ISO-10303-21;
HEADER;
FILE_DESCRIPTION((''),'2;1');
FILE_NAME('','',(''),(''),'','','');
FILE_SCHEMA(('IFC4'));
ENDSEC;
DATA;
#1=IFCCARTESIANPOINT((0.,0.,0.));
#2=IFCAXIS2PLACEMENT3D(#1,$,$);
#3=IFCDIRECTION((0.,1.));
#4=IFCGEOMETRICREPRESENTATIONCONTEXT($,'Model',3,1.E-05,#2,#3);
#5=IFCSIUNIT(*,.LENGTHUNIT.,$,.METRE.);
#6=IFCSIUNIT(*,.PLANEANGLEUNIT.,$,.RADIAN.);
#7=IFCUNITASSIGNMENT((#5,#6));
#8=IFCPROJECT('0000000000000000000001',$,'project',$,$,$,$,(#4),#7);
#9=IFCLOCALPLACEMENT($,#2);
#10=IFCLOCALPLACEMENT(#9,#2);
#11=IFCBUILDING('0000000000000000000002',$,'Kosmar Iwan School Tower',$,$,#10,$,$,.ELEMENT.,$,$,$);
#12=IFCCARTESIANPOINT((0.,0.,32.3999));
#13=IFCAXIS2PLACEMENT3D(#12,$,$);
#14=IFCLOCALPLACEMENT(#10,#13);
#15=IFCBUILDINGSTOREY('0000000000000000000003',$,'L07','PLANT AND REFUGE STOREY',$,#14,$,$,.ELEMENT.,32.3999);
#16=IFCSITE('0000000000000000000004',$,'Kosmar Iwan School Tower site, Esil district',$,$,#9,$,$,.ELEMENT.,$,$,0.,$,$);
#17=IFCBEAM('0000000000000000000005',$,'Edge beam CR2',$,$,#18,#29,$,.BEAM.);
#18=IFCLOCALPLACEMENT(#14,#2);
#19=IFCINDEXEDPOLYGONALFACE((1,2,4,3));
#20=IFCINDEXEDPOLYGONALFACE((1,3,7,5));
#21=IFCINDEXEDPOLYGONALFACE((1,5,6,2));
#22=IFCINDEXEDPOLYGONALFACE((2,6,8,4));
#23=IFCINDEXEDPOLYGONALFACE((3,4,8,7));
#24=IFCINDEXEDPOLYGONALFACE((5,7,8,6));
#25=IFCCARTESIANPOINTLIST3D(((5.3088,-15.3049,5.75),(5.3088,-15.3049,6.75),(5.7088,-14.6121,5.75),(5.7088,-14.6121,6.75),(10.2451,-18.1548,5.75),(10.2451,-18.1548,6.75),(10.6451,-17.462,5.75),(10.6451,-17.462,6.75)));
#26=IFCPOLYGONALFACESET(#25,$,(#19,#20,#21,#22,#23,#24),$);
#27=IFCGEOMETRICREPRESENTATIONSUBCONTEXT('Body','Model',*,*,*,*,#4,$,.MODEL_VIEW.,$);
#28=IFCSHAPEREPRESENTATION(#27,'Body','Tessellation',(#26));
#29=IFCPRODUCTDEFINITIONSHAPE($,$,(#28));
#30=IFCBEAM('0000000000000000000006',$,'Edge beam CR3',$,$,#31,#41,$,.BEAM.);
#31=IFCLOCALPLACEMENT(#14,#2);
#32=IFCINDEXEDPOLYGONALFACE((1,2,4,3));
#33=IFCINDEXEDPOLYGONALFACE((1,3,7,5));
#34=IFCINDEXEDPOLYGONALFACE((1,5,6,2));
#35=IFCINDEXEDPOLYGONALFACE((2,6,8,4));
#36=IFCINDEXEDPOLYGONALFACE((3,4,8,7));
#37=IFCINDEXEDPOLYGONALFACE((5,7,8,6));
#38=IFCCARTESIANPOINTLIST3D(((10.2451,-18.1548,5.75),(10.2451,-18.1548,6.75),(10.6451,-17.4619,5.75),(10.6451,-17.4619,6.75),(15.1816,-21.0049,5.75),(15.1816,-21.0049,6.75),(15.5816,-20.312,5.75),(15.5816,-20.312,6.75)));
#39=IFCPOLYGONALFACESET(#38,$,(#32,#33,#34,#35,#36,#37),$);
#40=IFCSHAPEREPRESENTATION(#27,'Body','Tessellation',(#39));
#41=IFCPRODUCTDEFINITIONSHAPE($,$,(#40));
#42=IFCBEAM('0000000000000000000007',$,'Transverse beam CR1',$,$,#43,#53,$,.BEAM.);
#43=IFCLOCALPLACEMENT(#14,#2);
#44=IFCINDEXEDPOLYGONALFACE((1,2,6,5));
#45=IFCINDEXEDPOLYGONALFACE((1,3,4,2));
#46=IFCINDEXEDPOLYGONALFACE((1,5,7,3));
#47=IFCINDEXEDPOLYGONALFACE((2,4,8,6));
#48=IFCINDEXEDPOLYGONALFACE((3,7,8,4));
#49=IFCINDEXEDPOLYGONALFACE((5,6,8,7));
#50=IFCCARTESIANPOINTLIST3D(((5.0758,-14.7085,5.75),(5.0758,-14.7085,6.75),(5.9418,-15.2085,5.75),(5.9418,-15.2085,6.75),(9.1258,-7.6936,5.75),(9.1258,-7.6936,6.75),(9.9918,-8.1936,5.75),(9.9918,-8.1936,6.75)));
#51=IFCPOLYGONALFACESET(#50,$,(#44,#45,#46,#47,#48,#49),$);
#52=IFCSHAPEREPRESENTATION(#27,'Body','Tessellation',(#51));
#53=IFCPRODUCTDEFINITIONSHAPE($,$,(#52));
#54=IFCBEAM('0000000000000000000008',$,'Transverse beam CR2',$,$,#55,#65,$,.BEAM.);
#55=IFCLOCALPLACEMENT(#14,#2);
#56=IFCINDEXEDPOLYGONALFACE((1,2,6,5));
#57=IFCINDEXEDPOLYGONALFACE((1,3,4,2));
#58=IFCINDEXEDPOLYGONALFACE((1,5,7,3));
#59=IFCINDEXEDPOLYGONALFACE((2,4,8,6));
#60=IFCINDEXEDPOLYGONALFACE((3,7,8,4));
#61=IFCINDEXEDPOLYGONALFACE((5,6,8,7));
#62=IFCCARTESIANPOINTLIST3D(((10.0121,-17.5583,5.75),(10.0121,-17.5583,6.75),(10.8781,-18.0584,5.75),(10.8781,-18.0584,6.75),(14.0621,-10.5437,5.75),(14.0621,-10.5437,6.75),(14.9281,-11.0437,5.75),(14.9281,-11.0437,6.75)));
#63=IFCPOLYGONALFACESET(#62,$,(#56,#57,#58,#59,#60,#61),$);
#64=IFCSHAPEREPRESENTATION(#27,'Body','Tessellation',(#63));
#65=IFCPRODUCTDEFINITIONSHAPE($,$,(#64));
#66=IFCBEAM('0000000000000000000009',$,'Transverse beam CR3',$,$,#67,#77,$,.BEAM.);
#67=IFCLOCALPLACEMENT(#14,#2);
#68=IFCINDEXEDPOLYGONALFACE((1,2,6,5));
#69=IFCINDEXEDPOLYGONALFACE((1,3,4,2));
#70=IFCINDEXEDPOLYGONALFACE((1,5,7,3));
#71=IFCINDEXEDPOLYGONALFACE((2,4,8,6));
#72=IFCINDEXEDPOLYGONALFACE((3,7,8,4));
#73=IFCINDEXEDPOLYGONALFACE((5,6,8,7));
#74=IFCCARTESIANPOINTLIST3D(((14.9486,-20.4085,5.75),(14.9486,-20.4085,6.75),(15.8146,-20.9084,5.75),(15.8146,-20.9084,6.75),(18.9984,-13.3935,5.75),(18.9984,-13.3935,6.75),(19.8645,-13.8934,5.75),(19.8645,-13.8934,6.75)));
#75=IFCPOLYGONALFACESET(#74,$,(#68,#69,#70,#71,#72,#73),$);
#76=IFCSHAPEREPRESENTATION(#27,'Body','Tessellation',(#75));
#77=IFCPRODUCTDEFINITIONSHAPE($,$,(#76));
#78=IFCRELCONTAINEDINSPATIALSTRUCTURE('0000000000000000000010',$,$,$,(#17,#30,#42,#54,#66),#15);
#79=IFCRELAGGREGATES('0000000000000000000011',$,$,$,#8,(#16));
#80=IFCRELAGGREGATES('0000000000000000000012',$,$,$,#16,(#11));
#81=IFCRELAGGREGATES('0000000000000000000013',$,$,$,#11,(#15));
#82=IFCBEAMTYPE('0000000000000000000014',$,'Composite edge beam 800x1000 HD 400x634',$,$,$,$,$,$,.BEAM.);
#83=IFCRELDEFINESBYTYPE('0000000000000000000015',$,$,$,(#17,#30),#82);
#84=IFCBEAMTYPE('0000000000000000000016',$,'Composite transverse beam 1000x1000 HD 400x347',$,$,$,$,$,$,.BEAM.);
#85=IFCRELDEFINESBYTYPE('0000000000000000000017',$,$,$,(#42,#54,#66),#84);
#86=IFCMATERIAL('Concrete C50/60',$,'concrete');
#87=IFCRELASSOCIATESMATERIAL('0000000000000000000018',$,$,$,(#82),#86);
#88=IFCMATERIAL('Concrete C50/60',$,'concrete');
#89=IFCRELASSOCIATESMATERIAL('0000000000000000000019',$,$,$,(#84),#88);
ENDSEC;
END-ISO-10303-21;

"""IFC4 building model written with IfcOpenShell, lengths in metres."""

from ifc_helpers import new_model, si_unit, direction, frame, origin, origin_2d, place, context, subcontext, project, spatial, rectangle, extrude, material, material_profile, profile_set, type_object, element, save


model = new_model("IFC4")

# Units and contexts
model_context = context("Model", 3, precision=1e-05, world=origin(), true_north=direction((0.0, 1.0)))
body_context = subcontext(model_context, "Body", "Model", "MODEL_VIEW")
ifc_project = project(units=[si_unit("LENGTHUNIT", "METRE"), si_unit("PLANEANGLEUNIT", "RADIAN")], contexts=[model_context])

# Site, building, storey
site_placement = place(None, origin())
site = spatial("IfcSite", under=ifc_project, at=site_placement, Name="Kosmar Iwan School Tower site, Esil district", CompositionType="ELEMENT", RefElevation=0.0)
building_placement = place(site_placement, origin())
building = spatial("IfcBuilding", under=site, at=building_placement, Name="Kosmar Iwan School Tower", CompositionType="ELEMENT")
storey_placement = place(building_placement, frame((0.0, 0.0, 32.3999)))
storey = spatial("IfcBuildingStorey", under=building, at=storey_placement, Name="L07", Description="PLANT AND REFUGE STOREY", CompositionType="ELEMENT", Elevation=32.3999)

# Beams
ifc_material_1 = material(Name="Concrete C50/60", Category="concrete")
ifc_material_profile_1 = material_profile(ifc_material_1, rectangle(XDim=0.8, YDim=1.0, at=origin_2d()), Name="RC 800x1000 + HD 400x634")
ifc_profile_set_1 = profile_set([ifc_material_profile_1], Name="Concrete C50/60")
beam_type_1 = type_object("IfcBeamType", Name="Composite edge beam 800x1000 HD 400x634", PredefinedType="BEAM", material=ifc_profile_set_1)
beam_1_placement = place(storey_placement, frame((5.5088, -14.9585, 6.25), z_axis=(0.866034, -0.499986, 0.0), x_axis=(0.499986, 0.866034, 0.0)))
element("IfcBeam", 1, at=beam_1_placement, inside=storey, type_object=beam_type_1, Name="Edge beam CR2", PredefinedType="BEAM", context=body_context, shape_type="SweptSolid", body=[
    extrude(rectangle(XDim=0.8, YDim=1.0, at=origin_2d()), origin(), (0.0, 0.0, 1.0), 5.7),
])
beam_2_placement = place(storey_placement, frame((10.4451, -17.8083, 6.25), z_axis=(0.866026, -0.499999, 0.0), x_axis=(0.499999, 0.866026, 0.0)))
element("IfcBeam", 2, at=beam_2_placement, inside=storey, type_object=beam_type_1, Name="Edge beam CR3", PredefinedType="BEAM", context=body_context, shape_type="SweptSolid", body=[
    extrude(rectangle(XDim=0.8, YDim=1.0, at=origin_2d()), origin(), (0.0, 0.0, 1.0), 5.7002),
])
ifc_material_2 = material(Name="Concrete C50/60", Category="concrete")
ifc_material_profile_2 = material_profile(ifc_material_2, rectangle(XDim=1.0, YDim=1.0, at=origin_2d()), Name="RC 1000x1000 + HD 400x347")
ifc_profile_set_2 = profile_set([ifc_material_profile_2], Name="Concrete C50/60")
beam_type_2 = type_object("IfcBeamType", Name="Composite transverse beam 1000x1000 HD 400x347", PredefinedType="BEAM", material=ifc_profile_set_2)
beam_3_placement = place(storey_placement, frame((5.5088, -14.9585, 6.25), z_axis=(0.5, 0.866025, 0.0), x_axis=(-0.866025, 0.5, 0.0)))
element("IfcBeam", 3, at=beam_3_placement, inside=storey, type_object=beam_type_2, Name="Transverse beam CR1", PredefinedType="BEAM", context=body_context, shape_type="SweptSolid", body=[
    extrude(rectangle(XDim=1.0, YDim=1.0, at=origin_2d()), origin(), (0.0, 0.0, 1.0), 8.1001),
])
beam_4_placement = place(storey_placement, frame((10.4451, -17.8083, 6.25), z_axis=(0.500013, 0.866018, 0.0), x_axis=(-0.866018, 0.500013, 0.0)))
element("IfcBeam", 4, at=beam_4_placement, inside=storey, type_object=beam_type_2, Name="Transverse beam CR2", PredefinedType="BEAM", context=body_context, shape_type="SweptSolid", body=[
    extrude(rectangle(XDim=1.0, YDim=1.0, at=origin_2d()), origin(), (0.0, 0.0, 1.0), 8.0999),
])
beam_5_placement = place(storey_placement, frame((15.3816, -20.6584, 6.25), z_axis=(0.499977, 0.866039, 0.0), x_axis=(-0.866039, 0.499977, 0.0)))
element("IfcBeam", 5, at=beam_5_placement, inside=storey, type_object=beam_type_2, Name="Transverse beam CR3", PredefinedType="BEAM", context=body_context, shape_type="SweptSolid", body=[
    extrude(rectangle(XDim=1.0, YDim=1.0, at=origin_2d()), origin(), (0.0, 0.0, 1.0), 8.1001),
])

save(model, "model.ifc")
